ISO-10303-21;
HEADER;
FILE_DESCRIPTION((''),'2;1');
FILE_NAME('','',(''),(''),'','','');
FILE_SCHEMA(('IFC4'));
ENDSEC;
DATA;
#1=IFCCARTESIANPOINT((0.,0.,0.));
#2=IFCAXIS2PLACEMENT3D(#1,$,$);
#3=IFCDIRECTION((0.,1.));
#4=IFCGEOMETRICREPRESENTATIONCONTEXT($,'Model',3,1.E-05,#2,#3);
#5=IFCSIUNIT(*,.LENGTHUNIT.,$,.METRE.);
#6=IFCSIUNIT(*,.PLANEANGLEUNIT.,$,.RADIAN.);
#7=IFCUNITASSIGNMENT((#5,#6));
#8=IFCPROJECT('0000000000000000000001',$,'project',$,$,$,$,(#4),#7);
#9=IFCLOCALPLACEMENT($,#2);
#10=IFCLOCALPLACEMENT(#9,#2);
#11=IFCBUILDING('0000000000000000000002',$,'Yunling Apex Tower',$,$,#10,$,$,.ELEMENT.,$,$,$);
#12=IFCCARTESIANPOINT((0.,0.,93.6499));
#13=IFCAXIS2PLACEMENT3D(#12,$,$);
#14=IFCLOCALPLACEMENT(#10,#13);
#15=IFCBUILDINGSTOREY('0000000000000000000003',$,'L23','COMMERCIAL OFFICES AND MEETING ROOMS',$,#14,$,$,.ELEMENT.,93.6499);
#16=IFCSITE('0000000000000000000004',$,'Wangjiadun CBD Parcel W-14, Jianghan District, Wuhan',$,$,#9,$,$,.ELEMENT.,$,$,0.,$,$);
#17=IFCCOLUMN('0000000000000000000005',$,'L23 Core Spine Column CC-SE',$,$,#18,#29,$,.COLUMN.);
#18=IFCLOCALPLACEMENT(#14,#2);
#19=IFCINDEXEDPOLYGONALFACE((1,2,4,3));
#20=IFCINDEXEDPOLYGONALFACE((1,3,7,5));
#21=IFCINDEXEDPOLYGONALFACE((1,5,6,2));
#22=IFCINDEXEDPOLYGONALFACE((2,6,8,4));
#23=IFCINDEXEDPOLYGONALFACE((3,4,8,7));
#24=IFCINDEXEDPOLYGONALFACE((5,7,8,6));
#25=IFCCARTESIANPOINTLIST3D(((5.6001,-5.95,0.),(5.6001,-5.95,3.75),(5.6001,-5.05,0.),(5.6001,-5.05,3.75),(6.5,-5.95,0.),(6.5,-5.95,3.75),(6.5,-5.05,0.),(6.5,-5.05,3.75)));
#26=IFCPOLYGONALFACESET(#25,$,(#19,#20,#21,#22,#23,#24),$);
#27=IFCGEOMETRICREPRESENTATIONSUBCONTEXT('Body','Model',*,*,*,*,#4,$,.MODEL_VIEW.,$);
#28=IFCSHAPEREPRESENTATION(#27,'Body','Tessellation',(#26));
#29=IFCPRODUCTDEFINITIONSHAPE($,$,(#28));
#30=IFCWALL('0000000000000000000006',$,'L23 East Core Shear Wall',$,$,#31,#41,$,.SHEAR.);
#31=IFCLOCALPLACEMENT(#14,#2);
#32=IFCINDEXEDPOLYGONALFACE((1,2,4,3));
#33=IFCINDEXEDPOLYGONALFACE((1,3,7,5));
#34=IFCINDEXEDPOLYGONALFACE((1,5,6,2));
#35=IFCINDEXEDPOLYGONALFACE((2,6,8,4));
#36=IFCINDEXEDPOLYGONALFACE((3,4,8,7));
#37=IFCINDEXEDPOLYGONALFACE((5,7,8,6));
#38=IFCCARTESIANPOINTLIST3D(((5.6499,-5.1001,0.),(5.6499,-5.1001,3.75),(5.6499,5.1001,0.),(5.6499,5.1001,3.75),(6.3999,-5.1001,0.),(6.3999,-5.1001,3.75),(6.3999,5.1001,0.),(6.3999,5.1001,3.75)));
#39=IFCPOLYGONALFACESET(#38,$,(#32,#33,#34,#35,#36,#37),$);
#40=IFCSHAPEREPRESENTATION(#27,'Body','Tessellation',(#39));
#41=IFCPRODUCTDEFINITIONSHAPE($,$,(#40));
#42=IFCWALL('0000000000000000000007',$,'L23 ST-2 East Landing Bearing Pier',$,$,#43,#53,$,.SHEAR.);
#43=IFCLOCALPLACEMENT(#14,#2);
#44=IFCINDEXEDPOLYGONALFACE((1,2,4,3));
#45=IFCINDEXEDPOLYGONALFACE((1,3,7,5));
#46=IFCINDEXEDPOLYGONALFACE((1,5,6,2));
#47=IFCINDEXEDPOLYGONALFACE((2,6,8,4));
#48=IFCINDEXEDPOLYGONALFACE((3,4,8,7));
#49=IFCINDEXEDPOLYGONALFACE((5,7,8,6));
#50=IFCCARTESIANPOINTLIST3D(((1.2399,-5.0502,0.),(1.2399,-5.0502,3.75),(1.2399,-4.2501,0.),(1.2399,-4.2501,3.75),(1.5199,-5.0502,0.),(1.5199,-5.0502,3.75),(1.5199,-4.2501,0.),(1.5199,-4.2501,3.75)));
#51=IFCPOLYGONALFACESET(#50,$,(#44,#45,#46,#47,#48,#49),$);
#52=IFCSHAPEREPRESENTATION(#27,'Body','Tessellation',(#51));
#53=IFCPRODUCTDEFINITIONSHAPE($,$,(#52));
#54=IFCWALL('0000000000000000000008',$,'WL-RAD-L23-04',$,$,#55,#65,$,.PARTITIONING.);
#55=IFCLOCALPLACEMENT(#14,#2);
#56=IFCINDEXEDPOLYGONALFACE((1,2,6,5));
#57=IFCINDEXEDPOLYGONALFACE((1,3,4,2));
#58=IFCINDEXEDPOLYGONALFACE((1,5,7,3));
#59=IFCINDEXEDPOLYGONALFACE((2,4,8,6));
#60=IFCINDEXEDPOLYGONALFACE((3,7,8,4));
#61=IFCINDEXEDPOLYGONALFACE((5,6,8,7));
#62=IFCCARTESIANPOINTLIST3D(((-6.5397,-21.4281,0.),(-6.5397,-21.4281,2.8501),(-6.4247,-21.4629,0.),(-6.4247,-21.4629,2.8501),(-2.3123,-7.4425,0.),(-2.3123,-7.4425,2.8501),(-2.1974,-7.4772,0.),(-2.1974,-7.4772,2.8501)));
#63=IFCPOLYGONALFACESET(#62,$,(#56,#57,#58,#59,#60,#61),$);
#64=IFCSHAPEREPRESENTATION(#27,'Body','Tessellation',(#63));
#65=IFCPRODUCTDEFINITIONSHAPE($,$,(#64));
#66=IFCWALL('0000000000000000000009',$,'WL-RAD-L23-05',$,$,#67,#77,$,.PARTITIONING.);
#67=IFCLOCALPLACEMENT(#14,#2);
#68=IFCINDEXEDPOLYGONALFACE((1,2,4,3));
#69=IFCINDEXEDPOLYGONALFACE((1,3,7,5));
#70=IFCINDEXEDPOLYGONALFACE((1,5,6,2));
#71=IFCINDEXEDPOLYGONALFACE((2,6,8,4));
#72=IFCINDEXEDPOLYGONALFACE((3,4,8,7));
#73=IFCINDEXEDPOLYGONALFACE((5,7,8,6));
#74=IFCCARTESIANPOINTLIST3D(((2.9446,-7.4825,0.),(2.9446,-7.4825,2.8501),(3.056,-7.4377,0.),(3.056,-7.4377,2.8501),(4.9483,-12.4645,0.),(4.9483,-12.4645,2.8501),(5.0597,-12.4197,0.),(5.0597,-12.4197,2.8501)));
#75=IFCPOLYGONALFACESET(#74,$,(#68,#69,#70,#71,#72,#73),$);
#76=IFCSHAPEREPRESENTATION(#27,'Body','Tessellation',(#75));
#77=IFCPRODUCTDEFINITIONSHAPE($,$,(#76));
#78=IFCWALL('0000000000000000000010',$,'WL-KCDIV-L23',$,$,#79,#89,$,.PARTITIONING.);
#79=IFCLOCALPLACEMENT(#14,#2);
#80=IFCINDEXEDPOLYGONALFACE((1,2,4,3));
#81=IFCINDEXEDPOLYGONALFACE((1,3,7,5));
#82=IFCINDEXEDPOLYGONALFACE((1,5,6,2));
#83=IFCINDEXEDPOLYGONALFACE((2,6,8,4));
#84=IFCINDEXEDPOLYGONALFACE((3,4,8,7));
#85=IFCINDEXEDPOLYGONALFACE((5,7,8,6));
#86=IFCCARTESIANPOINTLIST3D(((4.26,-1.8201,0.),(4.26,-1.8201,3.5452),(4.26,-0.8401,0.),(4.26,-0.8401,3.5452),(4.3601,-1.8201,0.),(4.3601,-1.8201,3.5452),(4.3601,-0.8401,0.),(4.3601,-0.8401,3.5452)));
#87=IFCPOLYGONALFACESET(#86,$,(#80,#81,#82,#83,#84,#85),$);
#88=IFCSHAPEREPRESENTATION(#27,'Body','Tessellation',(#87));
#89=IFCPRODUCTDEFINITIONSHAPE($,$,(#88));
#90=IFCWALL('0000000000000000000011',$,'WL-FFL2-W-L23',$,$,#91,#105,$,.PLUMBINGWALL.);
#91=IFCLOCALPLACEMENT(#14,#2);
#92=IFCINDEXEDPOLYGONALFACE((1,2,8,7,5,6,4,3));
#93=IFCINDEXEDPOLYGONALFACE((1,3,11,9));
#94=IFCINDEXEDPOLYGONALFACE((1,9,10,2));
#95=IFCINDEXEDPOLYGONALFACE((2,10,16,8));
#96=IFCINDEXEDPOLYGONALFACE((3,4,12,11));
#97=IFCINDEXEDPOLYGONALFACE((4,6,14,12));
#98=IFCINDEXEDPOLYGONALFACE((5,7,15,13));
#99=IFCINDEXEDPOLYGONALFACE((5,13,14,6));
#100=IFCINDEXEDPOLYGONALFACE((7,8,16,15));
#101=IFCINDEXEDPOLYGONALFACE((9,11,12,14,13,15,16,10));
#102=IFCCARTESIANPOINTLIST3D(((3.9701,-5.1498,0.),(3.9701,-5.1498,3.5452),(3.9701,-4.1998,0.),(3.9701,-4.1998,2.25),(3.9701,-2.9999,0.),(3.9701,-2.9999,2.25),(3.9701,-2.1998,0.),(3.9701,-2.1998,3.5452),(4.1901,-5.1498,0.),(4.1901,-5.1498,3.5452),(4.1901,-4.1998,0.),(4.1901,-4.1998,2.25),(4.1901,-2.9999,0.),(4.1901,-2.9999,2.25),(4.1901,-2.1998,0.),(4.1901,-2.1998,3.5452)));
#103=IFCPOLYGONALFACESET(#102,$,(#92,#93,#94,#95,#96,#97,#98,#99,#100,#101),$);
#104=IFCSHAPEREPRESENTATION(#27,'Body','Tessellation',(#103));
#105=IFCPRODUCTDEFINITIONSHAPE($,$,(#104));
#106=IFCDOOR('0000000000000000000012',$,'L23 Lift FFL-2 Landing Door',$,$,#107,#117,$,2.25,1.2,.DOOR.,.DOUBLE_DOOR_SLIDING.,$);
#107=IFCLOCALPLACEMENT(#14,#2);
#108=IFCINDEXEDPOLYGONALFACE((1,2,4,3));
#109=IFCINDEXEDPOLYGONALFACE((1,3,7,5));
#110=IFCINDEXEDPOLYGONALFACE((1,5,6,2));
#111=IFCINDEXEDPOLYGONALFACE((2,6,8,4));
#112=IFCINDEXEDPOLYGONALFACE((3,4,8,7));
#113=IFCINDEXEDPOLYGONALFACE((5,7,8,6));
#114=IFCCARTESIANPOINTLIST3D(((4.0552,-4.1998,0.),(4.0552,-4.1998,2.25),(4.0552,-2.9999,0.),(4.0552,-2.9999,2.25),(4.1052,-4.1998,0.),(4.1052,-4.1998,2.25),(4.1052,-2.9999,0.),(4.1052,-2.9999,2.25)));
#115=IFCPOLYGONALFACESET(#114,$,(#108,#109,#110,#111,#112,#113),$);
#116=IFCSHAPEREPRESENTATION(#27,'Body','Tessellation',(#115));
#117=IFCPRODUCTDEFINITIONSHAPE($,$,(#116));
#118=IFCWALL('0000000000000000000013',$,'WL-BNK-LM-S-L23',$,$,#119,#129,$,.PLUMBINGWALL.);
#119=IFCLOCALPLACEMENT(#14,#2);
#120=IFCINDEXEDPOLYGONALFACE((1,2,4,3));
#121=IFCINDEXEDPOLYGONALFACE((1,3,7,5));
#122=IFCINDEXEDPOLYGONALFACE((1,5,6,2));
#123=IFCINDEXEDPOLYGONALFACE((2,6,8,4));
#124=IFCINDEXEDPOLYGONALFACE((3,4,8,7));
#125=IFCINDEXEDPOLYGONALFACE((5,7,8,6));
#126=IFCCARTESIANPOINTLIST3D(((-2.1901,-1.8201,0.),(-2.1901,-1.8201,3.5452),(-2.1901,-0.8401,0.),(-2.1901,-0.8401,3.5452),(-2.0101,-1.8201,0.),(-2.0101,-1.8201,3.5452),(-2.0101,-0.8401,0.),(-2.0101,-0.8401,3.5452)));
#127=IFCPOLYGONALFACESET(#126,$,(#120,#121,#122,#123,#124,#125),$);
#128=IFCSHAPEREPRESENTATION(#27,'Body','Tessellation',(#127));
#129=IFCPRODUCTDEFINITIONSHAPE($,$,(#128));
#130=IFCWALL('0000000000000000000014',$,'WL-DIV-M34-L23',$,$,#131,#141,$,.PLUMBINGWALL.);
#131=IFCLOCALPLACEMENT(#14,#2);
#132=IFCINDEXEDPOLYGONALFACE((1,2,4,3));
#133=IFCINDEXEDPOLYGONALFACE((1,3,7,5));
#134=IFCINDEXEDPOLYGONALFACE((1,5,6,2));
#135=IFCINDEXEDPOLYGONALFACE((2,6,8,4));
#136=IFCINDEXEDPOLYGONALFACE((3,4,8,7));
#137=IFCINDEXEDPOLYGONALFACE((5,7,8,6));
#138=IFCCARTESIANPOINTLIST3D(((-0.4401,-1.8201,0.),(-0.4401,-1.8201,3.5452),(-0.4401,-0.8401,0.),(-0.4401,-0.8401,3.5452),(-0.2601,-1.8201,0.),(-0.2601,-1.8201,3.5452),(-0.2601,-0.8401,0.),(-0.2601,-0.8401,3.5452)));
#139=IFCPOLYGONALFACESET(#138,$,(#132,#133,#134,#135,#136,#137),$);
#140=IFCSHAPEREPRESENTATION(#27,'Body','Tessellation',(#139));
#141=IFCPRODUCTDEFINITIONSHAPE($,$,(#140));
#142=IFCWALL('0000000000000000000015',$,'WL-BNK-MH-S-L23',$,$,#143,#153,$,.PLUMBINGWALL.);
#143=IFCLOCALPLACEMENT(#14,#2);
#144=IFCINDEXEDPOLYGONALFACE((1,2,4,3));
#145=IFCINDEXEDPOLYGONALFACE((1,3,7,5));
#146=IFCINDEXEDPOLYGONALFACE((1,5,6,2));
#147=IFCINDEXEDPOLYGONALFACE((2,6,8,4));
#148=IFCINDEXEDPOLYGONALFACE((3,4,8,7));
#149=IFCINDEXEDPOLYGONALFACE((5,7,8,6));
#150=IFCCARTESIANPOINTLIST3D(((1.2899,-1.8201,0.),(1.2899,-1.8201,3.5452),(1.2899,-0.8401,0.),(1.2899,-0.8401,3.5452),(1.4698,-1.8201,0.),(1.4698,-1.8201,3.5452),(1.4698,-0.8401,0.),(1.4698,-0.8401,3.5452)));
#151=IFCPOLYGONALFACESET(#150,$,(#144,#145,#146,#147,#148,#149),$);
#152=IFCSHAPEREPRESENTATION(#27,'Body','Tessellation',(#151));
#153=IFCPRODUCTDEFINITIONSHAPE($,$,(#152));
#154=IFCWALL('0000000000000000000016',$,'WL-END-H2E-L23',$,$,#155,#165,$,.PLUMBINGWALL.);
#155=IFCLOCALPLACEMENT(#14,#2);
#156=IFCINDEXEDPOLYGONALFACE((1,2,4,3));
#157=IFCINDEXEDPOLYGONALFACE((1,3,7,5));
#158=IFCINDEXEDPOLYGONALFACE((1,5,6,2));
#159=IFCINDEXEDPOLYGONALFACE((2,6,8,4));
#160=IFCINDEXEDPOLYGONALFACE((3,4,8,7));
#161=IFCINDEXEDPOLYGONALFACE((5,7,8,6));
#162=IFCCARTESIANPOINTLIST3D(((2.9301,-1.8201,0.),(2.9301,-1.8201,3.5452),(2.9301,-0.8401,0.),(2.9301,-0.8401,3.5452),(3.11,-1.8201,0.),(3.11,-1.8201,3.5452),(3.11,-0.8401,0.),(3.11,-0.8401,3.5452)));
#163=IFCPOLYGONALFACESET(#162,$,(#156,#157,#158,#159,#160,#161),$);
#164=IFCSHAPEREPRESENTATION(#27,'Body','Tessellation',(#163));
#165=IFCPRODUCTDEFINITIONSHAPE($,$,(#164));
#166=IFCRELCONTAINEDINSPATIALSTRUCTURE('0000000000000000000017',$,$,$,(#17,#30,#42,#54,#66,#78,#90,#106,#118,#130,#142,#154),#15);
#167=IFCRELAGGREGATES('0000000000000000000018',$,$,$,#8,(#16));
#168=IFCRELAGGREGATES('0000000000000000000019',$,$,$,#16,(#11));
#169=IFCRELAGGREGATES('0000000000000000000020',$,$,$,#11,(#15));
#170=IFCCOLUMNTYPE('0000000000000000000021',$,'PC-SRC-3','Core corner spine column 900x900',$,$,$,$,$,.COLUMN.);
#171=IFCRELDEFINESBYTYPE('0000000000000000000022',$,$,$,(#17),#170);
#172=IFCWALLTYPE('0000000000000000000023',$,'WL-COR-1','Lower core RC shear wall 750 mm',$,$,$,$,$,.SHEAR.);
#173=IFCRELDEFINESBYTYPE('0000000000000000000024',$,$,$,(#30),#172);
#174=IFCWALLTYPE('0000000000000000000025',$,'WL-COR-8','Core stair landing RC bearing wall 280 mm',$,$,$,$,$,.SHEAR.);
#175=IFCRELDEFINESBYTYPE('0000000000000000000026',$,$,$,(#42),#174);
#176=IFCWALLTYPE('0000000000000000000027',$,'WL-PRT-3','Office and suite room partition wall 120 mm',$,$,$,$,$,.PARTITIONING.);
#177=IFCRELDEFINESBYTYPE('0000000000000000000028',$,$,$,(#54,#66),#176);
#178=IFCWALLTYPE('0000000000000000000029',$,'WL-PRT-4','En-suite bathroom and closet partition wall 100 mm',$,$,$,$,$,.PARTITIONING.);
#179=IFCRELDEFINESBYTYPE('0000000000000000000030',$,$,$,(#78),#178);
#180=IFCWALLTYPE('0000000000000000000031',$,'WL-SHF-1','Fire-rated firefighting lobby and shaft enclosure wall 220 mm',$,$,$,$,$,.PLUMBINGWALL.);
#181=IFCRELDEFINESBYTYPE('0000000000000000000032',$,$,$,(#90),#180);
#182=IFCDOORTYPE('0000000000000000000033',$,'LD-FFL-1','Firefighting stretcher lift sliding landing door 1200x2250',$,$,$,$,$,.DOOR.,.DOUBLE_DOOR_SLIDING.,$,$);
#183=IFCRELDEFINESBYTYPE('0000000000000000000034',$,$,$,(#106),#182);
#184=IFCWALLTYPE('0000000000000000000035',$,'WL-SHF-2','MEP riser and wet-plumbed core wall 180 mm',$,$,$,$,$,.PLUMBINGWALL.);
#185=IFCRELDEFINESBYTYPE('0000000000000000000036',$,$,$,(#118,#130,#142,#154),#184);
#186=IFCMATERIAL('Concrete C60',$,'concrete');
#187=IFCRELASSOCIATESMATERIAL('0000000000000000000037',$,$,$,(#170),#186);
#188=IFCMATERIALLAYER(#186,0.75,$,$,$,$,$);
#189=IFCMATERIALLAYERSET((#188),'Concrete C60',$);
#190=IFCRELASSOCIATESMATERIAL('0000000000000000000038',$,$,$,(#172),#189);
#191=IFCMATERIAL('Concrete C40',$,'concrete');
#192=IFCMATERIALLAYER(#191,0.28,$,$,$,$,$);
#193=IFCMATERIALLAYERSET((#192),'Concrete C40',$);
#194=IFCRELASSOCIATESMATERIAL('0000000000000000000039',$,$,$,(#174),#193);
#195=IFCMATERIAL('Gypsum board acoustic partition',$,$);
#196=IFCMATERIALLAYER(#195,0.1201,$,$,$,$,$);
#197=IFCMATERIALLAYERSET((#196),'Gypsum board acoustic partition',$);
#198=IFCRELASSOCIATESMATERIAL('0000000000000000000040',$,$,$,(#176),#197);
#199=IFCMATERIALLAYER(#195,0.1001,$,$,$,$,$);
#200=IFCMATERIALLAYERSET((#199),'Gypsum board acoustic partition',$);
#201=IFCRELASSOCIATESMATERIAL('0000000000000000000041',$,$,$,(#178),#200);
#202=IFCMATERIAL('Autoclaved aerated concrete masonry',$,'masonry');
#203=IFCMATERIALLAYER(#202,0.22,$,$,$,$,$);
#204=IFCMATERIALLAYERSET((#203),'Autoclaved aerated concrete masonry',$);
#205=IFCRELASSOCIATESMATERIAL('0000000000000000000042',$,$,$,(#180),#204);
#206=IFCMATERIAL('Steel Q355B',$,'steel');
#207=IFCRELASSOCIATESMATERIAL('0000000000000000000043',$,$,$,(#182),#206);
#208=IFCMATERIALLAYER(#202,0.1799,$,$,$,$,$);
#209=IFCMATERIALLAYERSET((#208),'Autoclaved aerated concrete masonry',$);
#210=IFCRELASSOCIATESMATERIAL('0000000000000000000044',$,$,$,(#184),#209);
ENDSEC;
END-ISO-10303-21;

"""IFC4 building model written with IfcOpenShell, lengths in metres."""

from ifc_helpers import new_model, si_unit, direction, frame, frame_2d, origin, origin_2d, place, context, subcontext, project, spatial, rectangle, extrude, source, transform, mapped, material, layer, layer_set, material_profile, profile_set, type_object, element, fill, save


model = new_model("IFC4")

# Units and contexts
model_context = context("Model", 3, precision=1e-05, world=origin(), true_north=direction((0.0, 1.0)))
body_context = subcontext(model_context, "Body", "Model", "MODEL_VIEW")
ifc_project = project(units=[si_unit("LENGTHUNIT", "METRE"), si_unit("PLANEANGLEUNIT", "RADIAN")], contexts=[model_context])

# Site, building, storey
site_placement = place(None, origin())
site = spatial("IfcSite", under=ifc_project, at=site_placement, Name="Wangjiadun CBD Parcel W-14, Jianghan District, Wuhan", CompositionType="ELEMENT", RefElevation=0.0)
building_placement = place(site_placement, origin())
building = spatial("IfcBuilding", under=site, at=building_placement, Name="Yunling Apex Tower", CompositionType="ELEMENT")
storey_placement = place(building_placement, frame((0.0, 0.0, 93.6499)))
storey = spatial("IfcBuildingStorey", under=building, at=storey_placement, Name="L23", Description="COMMERCIAL OFFICES AND MEETING ROOMS", CompositionType="ELEMENT", Elevation=93.6499)

# Column
ifc_material_1 = material(Name="Concrete C60", Category="concrete")
ifc_material_profile = material_profile(ifc_material_1, rectangle(XDim=0.8999, YDim=0.8999, at=origin_2d()))
ifc_profile_set = profile_set([ifc_material_profile], Name="Concrete C60")
column_type = type_object("IfcColumnType", Name="PC-SRC-3", Description="Core corner spine column 900x900", PredefinedType="COLUMN", material=ifc_profile_set)
shared_shape = source(origin(), body_context, "Body", "SweptSolid", [
    extrude(rectangle(XDim=0.8999, YDim=0.8999, at=origin_2d()), origin(), (0.0, 0.0, 1.0), 3.75),
])
column_placement = place(storey_placement, frame((6.05, -5.5, 0.0), z_axis=(0.0, 0.0, 1.0), x_axis=(1.0, 0.0, 0.0)))
element("IfcColumn", 1, at=column_placement, inside=storey, type_object=column_type, Name="L23 Core Spine Column CC-SE", PredefinedType="COLUMN", context=body_context, shape_type="MappedRepresentation", body=[
    mapped(shared_shape, transform((0.0, 0.0, 0.0), scale=1.0)),
])

# Walls
ifc_layer_1 = layer(ifc_material_1, 0.75)
ifc_layer_set_1 = layer_set([ifc_layer_1], Name="Concrete C60")
wall_type_1 = type_object("IfcWallType", Name="WL-COR-1", Description="Lower core RC shear wall 750 mm", PredefinedType="SHEAR", material=ifc_layer_set_1)
wall_1_placement = place(storey_placement, frame((6.0249, -5.1001, 0.0), z_axis=(0.0, 0.0, 1.0), x_axis=(0.0, 1.0, 0.0)))
element("IfcWall", 2, at=wall_1_placement, inside=storey, type_object=wall_type_1, Name="L23 East Core Shear Wall", PredefinedType="SHEAR", context=body_context, shape_type="SweptSolid", body=[
    extrude(rectangle(XDim=10.2002, YDim=0.75, at=frame_2d((5.1001, 0.0))), origin(), (0.0, 0.0, 1.0), 3.75),
])
ifc_material_2 = material(Name="Concrete C40", Category="concrete")
ifc_layer_2 = layer(ifc_material_2, 0.28)
ifc_layer_set_2 = layer_set([ifc_layer_2], Name="Concrete C40")
wall_type_2 = type_object("IfcWallType", Name="WL-COR-8", Description="Core stair landing RC bearing wall 280 mm", PredefinedType="SHEAR", material=ifc_layer_set_2)
wall_2_placement = place(storey_placement, frame((1.3799, -5.05, 0.0), z_axis=(0.0, 0.0, 1.0), x_axis=(0.0, 1.0, 0.0)))
element("IfcWall", 3, at=wall_2_placement, inside=storey, type_object=wall_type_2, Name="L23 ST-2 East Landing Bearing Pier", PredefinedType="SHEAR", context=body_context, shape_type="SweptSolid", body=[
    extrude(rectangle(XDim=0.8, YDim=0.28, at=frame_2d((0.3999, 0.0))), origin(), (0.0, 0.0, 1.0), 3.75),
])
ifc_material_3 = material(Name="Gypsum board acoustic partition")
ifc_layer_3 = layer(ifc_material_3, 0.1201)
ifc_layer_set_3 = layer_set([ifc_layer_3], Name="Gypsum board acoustic partition")
wall_type_3 = type_object("IfcWallType", Name="WL-PRT-3", Description="Office and suite room partition wall 120 mm", PredefinedType="PARTITIONING", material=ifc_layer_set_3)
wall_3_placement = place(storey_placement, frame((-2.2549, -7.46, 0.0), z_axis=(0.0, 0.0, 1.0), x_axis=(-0.289333, -0.957229, 0.0)))
element("IfcWall", 4, at=wall_3_placement, inside=storey, type_object=wall_type_3, Name="WL-RAD-L23-04", PredefinedType="PARTITIONING", context=body_context, shape_type="SweptSolid", body=[
    extrude(rectangle(XDim=14.6106, YDim=0.1201, at=frame_2d((7.3052, 0.0))), origin(), (0.0, 0.0, 1.0), 2.8501),
])
wall_4_placement = place(storey_placement, frame((3.0002, -7.46, 0.0), z_axis=(0.0, 0.0, 1.0), x_axis=(0.373138, -0.927776, 0.0)))
element("IfcWall", 5, at=wall_4_placement, inside=storey, type_object=wall_type_3, Name="WL-RAD-L23-05", PredefinedType="PARTITIONING", context=body_context, shape_type="SweptSolid", body=[
    extrude(rectangle(XDim=5.3699, YDim=0.1201, at=frame_2d((2.6851, 0.0))), origin(), (0.0, 0.0, 1.0), 2.8501),
])
ifc_layer_4 = layer(ifc_material_3, 0.1001)
ifc_layer_set_4 = layer_set([ifc_layer_4], Name="Gypsum board acoustic partition")
wall_type_4 = type_object("IfcWallType", Name="WL-PRT-4", Description="En-suite bathroom and closet partition wall 100 mm", PredefinedType="PARTITIONING", material=ifc_layer_set_4)
wall_5_placement = place(storey_placement, frame((4.3101, -1.8201, 0.0), z_axis=(0.0, 0.0, 1.0), x_axis=(0.0, 1.0, 0.0)))
element("IfcWall", 6, at=wall_5_placement, inside=storey, type_object=wall_type_4, Name="WL-KCDIV-L23", PredefinedType="PARTITIONING", context=body_context, shape_type="SweptSolid", body=[
    extrude(rectangle(XDim=0.98, YDim=0.1001, at=frame_2d((0.49, 0.0))), origin(), (0.0, 0.0, 1.0), 3.5452),
])

# Wall, opening, door
ifc_material_4 = material(Name="Autoclaved aerated concrete masonry", Category="masonry")
ifc_layer_5 = layer(ifc_material_4, 0.22)
ifc_layer_set_5 = layer_set([ifc_layer_5], Name="Autoclaved aerated concrete masonry")
wall_type_5 = type_object("IfcWallType", Name="WL-SHF-1", Description="Fire-rated firefighting lobby and shaft enclosure wall 220 mm", PredefinedType="PLUMBINGWALL", material=ifc_layer_set_5)
ifc_material_5 = material(Name="Steel Q355B", Category="steel")
wall_6_placement = place(storey_placement, frame((4.0801, -5.1499, 0.0), z_axis=(0.0, 0.0, 1.0), x_axis=(0.0, 1.0, 0.0)))
wall_6 = element("IfcWall", 7, at=wall_6_placement, inside=storey, type_object=wall_type_5, Name="WL-FFL2-W-L23", PredefinedType="PLUMBINGWALL", context=body_context, shape_type="SweptSolid", body=[
    extrude(rectangle(XDim=2.95, YDim=0.22, at=frame_2d((1.4751, 0.0))), origin(), (0.0, 0.0, 1.0), 3.5452),
])
opening_1_placement = place(wall_6_placement, frame((0.95, 0.0, 0.0)))
opening_1 = element("IfcOpeningElement", 8, at=opening_1_placement, cuts=wall_6, PredefinedType="OPENING", context=body_context, shape_type="SweptSolid", body=[
    extrude(rectangle(XDim=1.2, YDim=2.25, at=frame_2d((0.6001, 1.125))), frame((0.0, 0.1201, 0.0), z_axis=(0.0, -1.0, 0.0), x_axis=(1.0, 0.0, 0.0)), (0.0, 0.0, 1.0), 0.24),
])
door_type_1 = type_object("IfcDoorType", Name="LD-FFL-1", Description="Firefighting stretcher lift sliding landing door 1200x2250", OperationType="DOUBLE_DOOR_SLIDING", PredefinedType="DOOR", material=ifc_material_5)
door_1_placement = place(opening_1_placement, origin())
door_1 = element("IfcDoor", 9, at=door_1_placement, inside=storey, type_object=door_type_1, Name="L23 Lift FFL-2 Landing Door", OperationType="DOUBLE_DOOR_SLIDING", OverallHeight=2.25, OverallWidth=1.2, PredefinedType="DOOR", context=body_context, shape_type="SweptSolid", body=[
    extrude(rectangle(XDim=1.2, YDim=2.25, at=frame_2d((0.6001, 1.125))), frame((0.0, 0.0249, 0.0), z_axis=(0.0, -1.0, 0.0), x_axis=(1.0, 0.0, 0.0)), (0.0, 0.0, 1.0), 0.05),
])
fill(opening_1, door_1)

# Walls
ifc_layer_6 = layer(ifc_material_4, 0.1799)
ifc_layer_set_6 = layer_set([ifc_layer_6], Name="Autoclaved aerated concrete masonry")
wall_type_6 = type_object("IfcWallType", Name="WL-SHF-2", Description="MEP riser and wet-plumbed core wall 180 mm", PredefinedType="PLUMBINGWALL", material=ifc_layer_set_6)
for number, where, z_axis, x_axis, name in (
    (10, (-2.1001, -1.8201, 0.0), (0.0, 0.0, 1.0), (0.0, 1.0, 0.0), "WL-BNK-LM-S-L23"),
    (11, (-0.3501, -1.8201, 0.0), (0.0, 0.0, 1.0), (0.0, 1.0, 0.0), "WL-DIV-M34-L23"),
    (12, (1.3799, -1.8201, 0.0), (0.0, 0.0, 1.0), (0.0, 1.0, 0.0), "WL-BNK-MH-S-L23"),
    (13, (3.02, -1.8201, 0.0), (0.0, 0.0, 1.0), (0.0, 1.0, 0.0), "WL-END-H2E-L23"),
):
    element("IfcWall", number, at=place(storey_placement, frame(where, z_axis=z_axis, x_axis=x_axis)), inside=storey, type_object=wall_type_6, Name=name, PredefinedType="PLUMBINGWALL", context=body_context, shape_type="SweptSolid", body=[
        extrude(rectangle(XDim=0.98, YDim=0.1799, at=frame_2d((0.49, 0.0))), origin(), (0.0, 0.0, 1.0), 3.5452),
    ])

save(model, "model.ifc")
